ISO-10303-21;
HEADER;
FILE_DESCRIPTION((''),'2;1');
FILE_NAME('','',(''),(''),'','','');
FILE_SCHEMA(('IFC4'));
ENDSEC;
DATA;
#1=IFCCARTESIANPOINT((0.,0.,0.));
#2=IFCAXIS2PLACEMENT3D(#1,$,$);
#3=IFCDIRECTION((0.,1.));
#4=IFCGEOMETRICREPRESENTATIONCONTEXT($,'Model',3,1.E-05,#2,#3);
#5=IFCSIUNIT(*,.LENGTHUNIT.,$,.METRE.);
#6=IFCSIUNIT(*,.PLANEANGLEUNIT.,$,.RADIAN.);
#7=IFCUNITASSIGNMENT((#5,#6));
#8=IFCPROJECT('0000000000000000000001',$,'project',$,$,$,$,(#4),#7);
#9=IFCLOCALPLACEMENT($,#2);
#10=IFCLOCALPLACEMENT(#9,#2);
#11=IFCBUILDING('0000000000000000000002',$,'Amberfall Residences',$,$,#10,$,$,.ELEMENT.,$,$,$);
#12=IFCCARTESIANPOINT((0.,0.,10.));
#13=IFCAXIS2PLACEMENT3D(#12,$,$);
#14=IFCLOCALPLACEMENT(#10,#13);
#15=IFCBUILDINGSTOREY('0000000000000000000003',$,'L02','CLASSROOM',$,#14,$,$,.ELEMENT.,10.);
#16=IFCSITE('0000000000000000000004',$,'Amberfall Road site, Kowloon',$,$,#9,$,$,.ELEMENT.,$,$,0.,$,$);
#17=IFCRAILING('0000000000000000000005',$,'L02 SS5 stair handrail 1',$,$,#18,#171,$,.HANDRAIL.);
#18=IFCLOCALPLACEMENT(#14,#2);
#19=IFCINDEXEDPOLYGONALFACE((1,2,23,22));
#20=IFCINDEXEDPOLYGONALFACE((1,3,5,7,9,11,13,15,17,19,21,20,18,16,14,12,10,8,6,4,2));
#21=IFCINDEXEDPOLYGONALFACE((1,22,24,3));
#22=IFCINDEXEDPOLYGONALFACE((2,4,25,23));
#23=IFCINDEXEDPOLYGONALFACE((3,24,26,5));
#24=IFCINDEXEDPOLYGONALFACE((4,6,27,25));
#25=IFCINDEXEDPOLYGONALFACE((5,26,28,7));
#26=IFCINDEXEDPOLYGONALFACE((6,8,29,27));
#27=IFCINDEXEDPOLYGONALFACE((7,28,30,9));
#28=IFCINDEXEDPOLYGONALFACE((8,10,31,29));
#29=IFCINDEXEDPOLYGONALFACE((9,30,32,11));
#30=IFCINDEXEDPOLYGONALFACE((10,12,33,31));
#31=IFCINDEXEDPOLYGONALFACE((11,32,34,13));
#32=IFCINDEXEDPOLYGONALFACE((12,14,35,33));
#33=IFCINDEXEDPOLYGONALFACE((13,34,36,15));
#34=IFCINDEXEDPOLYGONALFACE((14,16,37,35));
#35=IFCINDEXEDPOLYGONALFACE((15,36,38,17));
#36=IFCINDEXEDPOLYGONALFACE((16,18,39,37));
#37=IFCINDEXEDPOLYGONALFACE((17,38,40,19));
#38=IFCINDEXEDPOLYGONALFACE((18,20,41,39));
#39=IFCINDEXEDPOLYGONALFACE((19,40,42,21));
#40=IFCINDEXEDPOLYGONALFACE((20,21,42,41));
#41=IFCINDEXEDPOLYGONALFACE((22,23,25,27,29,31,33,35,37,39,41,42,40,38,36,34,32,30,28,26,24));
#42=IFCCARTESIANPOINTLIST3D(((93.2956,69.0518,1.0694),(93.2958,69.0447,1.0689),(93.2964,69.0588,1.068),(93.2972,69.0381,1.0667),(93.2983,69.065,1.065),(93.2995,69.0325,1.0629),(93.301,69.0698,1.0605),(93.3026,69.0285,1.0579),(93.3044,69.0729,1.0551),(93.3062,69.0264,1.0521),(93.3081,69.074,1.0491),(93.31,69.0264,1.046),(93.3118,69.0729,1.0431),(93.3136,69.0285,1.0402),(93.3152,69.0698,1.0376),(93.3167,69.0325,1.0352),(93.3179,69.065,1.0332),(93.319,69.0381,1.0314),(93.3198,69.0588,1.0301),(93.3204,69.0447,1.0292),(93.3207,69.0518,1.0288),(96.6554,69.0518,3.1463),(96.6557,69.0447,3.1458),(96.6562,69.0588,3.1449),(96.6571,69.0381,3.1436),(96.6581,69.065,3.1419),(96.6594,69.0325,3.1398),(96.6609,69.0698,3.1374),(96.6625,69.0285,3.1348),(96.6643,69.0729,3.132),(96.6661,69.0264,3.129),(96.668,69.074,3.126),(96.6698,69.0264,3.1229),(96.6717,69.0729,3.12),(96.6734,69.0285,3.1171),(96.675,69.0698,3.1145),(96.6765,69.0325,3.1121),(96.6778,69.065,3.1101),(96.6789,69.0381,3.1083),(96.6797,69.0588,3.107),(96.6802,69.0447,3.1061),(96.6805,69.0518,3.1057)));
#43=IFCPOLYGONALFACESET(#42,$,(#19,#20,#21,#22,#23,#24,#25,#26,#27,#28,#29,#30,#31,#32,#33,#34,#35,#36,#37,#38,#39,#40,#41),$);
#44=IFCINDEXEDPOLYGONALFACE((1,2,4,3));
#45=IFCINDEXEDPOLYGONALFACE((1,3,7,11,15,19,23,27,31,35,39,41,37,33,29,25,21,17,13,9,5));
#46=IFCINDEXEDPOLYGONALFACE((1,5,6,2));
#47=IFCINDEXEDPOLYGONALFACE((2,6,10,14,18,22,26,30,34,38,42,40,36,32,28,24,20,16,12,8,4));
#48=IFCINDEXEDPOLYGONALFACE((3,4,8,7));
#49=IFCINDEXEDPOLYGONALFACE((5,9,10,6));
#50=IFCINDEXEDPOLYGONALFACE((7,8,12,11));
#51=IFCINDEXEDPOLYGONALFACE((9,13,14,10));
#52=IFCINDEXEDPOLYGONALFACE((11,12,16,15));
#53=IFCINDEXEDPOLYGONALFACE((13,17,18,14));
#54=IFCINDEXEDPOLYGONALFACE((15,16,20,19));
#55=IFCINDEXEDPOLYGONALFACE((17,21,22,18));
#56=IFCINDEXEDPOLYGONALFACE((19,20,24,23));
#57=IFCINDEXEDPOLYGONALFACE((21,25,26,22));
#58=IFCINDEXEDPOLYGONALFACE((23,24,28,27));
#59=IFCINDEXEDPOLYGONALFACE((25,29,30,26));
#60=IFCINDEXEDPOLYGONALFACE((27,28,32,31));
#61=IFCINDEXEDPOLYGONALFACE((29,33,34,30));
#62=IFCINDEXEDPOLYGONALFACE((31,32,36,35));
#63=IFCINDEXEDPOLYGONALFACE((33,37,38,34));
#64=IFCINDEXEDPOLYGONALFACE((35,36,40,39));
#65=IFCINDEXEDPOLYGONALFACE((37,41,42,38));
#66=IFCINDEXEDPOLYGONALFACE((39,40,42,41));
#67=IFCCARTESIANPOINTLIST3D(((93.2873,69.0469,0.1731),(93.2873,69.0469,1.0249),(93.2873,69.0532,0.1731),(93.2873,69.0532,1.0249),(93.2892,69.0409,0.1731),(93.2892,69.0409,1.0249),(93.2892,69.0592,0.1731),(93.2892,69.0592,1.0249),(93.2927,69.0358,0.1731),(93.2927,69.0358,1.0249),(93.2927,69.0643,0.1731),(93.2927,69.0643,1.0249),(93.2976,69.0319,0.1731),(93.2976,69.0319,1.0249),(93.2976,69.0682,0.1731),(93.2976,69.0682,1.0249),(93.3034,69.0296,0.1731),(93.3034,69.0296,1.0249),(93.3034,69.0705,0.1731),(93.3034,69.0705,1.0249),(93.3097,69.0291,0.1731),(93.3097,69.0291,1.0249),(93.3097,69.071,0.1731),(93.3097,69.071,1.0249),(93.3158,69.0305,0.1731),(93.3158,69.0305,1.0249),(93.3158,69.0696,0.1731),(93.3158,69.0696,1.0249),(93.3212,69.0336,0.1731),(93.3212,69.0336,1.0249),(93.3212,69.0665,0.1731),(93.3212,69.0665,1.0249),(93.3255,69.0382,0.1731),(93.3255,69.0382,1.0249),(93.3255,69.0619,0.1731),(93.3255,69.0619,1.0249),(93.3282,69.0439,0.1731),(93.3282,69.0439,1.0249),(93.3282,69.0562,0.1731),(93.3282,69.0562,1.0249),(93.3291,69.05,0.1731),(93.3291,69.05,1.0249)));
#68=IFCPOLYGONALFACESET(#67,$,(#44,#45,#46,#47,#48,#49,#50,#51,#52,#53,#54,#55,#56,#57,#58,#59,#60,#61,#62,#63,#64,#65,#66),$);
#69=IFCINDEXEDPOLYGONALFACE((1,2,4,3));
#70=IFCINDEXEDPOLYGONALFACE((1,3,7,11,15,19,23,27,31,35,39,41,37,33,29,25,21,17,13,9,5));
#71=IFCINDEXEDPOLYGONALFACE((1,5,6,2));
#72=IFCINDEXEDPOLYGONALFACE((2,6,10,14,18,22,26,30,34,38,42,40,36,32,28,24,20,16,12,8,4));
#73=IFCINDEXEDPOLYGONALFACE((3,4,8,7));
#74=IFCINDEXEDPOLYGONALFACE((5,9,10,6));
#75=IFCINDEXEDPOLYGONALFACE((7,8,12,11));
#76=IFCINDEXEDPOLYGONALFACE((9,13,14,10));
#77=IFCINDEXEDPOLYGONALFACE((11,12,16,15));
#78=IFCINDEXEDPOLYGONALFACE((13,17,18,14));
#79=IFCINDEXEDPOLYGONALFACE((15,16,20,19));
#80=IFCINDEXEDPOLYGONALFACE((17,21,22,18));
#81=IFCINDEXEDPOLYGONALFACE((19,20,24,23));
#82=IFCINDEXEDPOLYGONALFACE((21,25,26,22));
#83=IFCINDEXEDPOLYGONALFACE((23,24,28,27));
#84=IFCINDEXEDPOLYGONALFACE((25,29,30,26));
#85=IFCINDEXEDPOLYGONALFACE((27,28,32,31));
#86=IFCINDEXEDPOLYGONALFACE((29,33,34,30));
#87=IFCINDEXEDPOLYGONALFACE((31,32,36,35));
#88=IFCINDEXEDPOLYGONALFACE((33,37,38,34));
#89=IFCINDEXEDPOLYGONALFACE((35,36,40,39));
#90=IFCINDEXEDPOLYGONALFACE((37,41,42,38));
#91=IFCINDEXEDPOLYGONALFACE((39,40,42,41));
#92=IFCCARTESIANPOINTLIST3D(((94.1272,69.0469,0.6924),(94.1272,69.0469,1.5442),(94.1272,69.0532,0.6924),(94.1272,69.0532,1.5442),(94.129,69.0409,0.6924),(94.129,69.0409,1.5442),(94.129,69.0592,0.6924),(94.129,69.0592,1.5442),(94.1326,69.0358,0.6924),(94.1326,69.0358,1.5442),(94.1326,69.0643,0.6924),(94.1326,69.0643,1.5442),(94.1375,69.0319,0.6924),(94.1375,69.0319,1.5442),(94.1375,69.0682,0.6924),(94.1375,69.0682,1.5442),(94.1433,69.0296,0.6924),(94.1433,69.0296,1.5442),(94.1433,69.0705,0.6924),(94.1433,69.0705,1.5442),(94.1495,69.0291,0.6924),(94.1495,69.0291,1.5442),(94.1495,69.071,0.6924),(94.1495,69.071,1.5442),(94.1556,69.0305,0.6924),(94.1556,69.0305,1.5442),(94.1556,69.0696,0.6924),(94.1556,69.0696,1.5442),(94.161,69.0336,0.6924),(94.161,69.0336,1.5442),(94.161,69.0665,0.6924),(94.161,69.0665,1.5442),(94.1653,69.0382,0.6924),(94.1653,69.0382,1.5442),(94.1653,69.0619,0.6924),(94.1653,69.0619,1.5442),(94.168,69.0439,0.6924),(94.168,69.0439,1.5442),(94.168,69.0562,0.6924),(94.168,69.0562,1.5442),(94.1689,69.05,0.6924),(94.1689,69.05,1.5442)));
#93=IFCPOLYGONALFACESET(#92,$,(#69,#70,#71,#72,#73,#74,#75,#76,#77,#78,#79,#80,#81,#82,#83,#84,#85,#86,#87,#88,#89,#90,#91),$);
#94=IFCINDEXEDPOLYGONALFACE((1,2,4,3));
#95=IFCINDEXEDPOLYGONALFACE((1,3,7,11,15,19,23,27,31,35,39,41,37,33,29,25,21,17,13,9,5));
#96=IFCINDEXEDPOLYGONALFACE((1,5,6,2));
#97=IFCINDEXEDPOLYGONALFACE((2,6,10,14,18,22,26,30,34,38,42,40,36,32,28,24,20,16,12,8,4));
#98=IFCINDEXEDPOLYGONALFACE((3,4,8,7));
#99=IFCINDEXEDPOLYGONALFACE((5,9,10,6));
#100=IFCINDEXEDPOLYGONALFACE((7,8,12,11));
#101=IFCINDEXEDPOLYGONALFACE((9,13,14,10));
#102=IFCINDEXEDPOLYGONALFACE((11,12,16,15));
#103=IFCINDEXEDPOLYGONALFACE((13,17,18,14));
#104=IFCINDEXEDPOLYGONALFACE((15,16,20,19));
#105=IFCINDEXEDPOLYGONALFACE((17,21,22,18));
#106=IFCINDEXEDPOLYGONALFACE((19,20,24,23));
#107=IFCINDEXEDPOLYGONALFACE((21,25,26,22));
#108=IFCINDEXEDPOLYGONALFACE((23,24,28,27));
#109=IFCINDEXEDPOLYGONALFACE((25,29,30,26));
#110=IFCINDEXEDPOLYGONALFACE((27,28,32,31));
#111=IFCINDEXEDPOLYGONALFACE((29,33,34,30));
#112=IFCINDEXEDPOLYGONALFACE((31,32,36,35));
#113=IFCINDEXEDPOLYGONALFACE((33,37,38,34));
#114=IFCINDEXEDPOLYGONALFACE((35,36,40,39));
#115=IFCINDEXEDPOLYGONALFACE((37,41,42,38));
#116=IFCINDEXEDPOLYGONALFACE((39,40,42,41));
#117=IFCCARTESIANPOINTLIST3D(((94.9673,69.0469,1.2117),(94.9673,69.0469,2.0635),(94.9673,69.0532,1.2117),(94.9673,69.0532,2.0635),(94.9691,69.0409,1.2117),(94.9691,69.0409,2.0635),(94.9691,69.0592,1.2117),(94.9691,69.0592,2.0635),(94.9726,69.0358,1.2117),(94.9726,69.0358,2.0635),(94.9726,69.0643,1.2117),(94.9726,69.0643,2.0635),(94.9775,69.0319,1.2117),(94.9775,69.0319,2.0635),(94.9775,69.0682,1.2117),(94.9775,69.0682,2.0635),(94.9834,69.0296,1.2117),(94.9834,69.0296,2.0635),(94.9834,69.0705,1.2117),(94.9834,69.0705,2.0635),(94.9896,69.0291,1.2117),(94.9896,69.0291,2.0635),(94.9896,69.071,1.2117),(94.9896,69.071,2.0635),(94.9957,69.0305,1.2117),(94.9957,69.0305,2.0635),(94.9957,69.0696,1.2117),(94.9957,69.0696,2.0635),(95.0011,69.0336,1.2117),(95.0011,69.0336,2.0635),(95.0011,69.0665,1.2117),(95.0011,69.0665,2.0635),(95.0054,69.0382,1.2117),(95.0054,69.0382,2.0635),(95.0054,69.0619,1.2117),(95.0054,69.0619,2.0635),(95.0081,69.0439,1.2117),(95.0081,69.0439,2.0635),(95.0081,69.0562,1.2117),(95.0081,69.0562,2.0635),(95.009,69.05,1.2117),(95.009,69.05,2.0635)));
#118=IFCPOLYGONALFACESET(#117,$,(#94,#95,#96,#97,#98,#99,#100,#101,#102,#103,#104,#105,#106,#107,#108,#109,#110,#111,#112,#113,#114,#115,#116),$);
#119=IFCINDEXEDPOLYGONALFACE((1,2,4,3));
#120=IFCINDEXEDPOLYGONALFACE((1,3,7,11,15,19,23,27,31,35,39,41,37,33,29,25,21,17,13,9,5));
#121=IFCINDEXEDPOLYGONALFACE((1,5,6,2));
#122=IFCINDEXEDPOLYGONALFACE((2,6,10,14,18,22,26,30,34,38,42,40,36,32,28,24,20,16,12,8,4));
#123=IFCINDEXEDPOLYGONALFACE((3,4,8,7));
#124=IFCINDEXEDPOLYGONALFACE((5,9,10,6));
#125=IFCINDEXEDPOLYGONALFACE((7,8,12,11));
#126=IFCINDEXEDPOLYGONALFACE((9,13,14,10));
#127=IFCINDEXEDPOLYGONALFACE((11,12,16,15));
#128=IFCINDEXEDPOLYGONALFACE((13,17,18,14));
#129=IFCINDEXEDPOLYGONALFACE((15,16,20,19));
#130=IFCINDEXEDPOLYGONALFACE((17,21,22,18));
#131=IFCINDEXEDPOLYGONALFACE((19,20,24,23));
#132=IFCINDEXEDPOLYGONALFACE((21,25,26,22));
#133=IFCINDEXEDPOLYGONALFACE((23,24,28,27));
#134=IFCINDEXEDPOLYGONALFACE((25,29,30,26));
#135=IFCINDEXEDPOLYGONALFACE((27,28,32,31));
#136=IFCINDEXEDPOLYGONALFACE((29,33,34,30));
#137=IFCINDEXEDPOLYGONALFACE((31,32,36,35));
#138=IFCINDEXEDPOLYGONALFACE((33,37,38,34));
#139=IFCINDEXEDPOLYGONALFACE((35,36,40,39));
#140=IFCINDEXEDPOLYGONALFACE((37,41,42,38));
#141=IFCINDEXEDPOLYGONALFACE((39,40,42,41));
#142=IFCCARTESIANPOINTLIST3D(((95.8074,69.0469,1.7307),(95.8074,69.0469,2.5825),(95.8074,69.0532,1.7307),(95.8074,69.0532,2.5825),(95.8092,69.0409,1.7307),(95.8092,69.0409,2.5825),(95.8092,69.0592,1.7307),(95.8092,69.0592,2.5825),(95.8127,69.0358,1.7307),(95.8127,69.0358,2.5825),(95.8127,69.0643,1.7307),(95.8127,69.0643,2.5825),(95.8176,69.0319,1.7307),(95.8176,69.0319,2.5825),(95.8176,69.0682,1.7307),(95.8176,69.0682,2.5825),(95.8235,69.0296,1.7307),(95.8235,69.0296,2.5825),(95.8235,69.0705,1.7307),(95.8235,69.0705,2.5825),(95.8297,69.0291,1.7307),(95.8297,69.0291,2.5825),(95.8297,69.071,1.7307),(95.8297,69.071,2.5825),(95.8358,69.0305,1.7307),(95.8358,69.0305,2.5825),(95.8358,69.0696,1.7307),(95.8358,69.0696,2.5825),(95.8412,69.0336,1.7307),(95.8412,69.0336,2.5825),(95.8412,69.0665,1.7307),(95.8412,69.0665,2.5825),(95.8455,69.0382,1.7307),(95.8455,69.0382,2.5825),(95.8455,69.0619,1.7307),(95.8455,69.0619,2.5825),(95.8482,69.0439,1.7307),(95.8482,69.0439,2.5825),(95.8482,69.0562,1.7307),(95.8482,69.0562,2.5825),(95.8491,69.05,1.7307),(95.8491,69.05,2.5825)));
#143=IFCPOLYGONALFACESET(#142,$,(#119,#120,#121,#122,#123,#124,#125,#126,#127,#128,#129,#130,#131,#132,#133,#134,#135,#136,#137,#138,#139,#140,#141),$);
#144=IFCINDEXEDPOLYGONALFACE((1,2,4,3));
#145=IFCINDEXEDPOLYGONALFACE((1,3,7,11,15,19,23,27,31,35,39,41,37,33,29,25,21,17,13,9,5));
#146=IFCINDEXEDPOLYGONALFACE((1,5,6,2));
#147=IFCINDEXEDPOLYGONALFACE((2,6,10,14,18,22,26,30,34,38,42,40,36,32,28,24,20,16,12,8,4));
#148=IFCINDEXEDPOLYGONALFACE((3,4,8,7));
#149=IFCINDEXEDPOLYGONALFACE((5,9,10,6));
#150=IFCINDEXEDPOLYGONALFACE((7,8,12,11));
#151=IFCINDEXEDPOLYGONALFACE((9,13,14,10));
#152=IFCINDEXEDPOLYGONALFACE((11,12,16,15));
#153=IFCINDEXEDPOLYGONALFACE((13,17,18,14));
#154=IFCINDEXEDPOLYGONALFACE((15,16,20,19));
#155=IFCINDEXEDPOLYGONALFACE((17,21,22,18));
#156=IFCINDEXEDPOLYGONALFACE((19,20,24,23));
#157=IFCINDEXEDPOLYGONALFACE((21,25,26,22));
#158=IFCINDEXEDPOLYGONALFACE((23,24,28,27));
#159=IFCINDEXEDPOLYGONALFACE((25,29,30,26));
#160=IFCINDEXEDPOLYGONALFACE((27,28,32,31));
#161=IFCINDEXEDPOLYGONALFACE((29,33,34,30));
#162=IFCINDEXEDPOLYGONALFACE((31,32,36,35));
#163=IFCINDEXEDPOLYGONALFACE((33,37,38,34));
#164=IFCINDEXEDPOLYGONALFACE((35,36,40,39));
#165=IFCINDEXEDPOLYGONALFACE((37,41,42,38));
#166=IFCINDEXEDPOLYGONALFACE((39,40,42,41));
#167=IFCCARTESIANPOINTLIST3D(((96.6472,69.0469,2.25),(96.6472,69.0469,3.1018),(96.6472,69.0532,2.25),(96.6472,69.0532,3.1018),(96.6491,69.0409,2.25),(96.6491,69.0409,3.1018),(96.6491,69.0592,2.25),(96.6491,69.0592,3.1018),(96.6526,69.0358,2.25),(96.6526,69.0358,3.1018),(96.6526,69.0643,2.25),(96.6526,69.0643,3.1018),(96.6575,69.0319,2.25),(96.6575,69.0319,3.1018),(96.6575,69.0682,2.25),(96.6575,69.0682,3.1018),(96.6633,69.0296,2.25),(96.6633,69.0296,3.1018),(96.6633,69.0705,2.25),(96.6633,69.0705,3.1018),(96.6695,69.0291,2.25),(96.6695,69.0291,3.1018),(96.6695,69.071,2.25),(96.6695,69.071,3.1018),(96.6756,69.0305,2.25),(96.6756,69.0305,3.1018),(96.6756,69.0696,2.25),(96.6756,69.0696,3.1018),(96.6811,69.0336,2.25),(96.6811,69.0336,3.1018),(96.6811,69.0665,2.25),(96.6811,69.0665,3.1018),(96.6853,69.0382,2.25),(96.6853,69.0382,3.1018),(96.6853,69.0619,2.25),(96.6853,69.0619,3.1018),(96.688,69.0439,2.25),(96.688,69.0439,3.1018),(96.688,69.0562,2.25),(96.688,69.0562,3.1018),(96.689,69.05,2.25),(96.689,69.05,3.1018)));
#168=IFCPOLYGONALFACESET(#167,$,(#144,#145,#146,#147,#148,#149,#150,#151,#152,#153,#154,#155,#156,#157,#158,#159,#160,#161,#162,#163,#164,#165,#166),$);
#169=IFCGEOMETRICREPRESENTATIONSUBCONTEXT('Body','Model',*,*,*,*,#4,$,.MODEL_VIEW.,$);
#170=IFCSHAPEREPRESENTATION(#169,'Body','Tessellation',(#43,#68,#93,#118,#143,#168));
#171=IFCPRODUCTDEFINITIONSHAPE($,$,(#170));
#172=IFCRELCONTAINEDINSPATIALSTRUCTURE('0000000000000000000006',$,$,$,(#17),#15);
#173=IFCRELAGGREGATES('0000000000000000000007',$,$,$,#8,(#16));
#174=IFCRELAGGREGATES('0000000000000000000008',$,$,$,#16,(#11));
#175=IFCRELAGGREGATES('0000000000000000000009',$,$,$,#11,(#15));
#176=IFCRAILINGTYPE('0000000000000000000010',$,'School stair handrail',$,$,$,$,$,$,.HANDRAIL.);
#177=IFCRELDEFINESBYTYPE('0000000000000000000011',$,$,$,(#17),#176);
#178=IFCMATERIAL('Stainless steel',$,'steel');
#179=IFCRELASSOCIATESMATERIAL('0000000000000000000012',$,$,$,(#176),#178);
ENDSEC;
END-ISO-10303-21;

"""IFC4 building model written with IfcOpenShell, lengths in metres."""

from ifc_helpers import new_model, si_unit, direction, frame, origin, origin_2d, place, context, subcontext, project, spatial, circle, extrude, material, type_object, element, save


model = new_model("IFC4")

# Units and contexts
model_context = context("Model", 3, precision=1e-05, world=origin(), true_north=direction((0.0, 1.0)))
body_context = subcontext(model_context, "Body", "Model", "MODEL_VIEW")
ifc_project = project(units=[si_unit("LENGTHUNIT", "METRE"), si_unit("PLANEANGLEUNIT", "RADIAN")], contexts=[model_context])

# Site, building, storey
site_placement = place(None, origin())
site = spatial("IfcSite", under=ifc_project, at=site_placement, Name="Amberfall Road site, Kowloon", CompositionType="ELEMENT", RefElevation=0.0)
building_placement = place(site_placement, origin())
building = spatial("IfcBuilding", under=site, at=building_placement, Name="Amberfall Residences", CompositionType="ELEMENT")
storey_placement = place(building_placement, frame((0.0, 0.0, 10.0)))
storey = spatial("IfcBuildingStorey", under=building, at=storey_placement, Name="L02", Description="CLASSROOM", CompositionType="ELEMENT", Elevation=10.0)

# Railing
ifc_material_1 = material(Name="Stainless steel", Category="steel")
railing_type_1 = type_object("IfcRailingType", Name="School stair handrail", PredefinedType="HANDRAIL", material=ifc_material_1)
railing_1_placement = place(storey_placement, frame((93.3081, 69.05, 0.1731)))
element("IfcRailing", 1, at=railing_1_placement, inside=storey, type_object=railing_type_1, Name="L02 SS5 stair handrail 1", PredefinedType="HANDRAIL", context=body_context, shape_type="SweptSolid", body=[
    extrude(circle(Radius=0.0239, at=origin_2d()), frame((0.0, 0.0, 0.876), z_axis=(0.850606, 0.0, 0.525803), x_axis=(0.0, 1.0, 0.0)), (0.0, 0.0, 1.0), 3.95),
    extrude(circle(Radius=0.021, at=origin_2d()), origin(), (0.0, 0.0, 1.0), 0.8518),
    extrude(circle(Radius=0.021, at=origin_2d()), frame((0.8398, 0.0, 0.5193)), (0.0, 0.0, 1.0), 0.8518),
    extrude(circle(Radius=0.021, at=origin_2d()), frame((1.6799, 0.0, 1.0386)), (0.0, 0.0, 1.0), 0.8518),
    extrude(circle(Radius=0.021, at=origin_2d()), frame((2.52, 0.0, 1.5576)), (0.0, 0.0, 1.0), 0.8518),
    extrude(circle(Radius=0.021, at=origin_2d()), frame((3.3599, 0.0, 2.0769)), (0.0, 0.0, 1.0), 0.8518),
])

save(model, "model.ifc")
